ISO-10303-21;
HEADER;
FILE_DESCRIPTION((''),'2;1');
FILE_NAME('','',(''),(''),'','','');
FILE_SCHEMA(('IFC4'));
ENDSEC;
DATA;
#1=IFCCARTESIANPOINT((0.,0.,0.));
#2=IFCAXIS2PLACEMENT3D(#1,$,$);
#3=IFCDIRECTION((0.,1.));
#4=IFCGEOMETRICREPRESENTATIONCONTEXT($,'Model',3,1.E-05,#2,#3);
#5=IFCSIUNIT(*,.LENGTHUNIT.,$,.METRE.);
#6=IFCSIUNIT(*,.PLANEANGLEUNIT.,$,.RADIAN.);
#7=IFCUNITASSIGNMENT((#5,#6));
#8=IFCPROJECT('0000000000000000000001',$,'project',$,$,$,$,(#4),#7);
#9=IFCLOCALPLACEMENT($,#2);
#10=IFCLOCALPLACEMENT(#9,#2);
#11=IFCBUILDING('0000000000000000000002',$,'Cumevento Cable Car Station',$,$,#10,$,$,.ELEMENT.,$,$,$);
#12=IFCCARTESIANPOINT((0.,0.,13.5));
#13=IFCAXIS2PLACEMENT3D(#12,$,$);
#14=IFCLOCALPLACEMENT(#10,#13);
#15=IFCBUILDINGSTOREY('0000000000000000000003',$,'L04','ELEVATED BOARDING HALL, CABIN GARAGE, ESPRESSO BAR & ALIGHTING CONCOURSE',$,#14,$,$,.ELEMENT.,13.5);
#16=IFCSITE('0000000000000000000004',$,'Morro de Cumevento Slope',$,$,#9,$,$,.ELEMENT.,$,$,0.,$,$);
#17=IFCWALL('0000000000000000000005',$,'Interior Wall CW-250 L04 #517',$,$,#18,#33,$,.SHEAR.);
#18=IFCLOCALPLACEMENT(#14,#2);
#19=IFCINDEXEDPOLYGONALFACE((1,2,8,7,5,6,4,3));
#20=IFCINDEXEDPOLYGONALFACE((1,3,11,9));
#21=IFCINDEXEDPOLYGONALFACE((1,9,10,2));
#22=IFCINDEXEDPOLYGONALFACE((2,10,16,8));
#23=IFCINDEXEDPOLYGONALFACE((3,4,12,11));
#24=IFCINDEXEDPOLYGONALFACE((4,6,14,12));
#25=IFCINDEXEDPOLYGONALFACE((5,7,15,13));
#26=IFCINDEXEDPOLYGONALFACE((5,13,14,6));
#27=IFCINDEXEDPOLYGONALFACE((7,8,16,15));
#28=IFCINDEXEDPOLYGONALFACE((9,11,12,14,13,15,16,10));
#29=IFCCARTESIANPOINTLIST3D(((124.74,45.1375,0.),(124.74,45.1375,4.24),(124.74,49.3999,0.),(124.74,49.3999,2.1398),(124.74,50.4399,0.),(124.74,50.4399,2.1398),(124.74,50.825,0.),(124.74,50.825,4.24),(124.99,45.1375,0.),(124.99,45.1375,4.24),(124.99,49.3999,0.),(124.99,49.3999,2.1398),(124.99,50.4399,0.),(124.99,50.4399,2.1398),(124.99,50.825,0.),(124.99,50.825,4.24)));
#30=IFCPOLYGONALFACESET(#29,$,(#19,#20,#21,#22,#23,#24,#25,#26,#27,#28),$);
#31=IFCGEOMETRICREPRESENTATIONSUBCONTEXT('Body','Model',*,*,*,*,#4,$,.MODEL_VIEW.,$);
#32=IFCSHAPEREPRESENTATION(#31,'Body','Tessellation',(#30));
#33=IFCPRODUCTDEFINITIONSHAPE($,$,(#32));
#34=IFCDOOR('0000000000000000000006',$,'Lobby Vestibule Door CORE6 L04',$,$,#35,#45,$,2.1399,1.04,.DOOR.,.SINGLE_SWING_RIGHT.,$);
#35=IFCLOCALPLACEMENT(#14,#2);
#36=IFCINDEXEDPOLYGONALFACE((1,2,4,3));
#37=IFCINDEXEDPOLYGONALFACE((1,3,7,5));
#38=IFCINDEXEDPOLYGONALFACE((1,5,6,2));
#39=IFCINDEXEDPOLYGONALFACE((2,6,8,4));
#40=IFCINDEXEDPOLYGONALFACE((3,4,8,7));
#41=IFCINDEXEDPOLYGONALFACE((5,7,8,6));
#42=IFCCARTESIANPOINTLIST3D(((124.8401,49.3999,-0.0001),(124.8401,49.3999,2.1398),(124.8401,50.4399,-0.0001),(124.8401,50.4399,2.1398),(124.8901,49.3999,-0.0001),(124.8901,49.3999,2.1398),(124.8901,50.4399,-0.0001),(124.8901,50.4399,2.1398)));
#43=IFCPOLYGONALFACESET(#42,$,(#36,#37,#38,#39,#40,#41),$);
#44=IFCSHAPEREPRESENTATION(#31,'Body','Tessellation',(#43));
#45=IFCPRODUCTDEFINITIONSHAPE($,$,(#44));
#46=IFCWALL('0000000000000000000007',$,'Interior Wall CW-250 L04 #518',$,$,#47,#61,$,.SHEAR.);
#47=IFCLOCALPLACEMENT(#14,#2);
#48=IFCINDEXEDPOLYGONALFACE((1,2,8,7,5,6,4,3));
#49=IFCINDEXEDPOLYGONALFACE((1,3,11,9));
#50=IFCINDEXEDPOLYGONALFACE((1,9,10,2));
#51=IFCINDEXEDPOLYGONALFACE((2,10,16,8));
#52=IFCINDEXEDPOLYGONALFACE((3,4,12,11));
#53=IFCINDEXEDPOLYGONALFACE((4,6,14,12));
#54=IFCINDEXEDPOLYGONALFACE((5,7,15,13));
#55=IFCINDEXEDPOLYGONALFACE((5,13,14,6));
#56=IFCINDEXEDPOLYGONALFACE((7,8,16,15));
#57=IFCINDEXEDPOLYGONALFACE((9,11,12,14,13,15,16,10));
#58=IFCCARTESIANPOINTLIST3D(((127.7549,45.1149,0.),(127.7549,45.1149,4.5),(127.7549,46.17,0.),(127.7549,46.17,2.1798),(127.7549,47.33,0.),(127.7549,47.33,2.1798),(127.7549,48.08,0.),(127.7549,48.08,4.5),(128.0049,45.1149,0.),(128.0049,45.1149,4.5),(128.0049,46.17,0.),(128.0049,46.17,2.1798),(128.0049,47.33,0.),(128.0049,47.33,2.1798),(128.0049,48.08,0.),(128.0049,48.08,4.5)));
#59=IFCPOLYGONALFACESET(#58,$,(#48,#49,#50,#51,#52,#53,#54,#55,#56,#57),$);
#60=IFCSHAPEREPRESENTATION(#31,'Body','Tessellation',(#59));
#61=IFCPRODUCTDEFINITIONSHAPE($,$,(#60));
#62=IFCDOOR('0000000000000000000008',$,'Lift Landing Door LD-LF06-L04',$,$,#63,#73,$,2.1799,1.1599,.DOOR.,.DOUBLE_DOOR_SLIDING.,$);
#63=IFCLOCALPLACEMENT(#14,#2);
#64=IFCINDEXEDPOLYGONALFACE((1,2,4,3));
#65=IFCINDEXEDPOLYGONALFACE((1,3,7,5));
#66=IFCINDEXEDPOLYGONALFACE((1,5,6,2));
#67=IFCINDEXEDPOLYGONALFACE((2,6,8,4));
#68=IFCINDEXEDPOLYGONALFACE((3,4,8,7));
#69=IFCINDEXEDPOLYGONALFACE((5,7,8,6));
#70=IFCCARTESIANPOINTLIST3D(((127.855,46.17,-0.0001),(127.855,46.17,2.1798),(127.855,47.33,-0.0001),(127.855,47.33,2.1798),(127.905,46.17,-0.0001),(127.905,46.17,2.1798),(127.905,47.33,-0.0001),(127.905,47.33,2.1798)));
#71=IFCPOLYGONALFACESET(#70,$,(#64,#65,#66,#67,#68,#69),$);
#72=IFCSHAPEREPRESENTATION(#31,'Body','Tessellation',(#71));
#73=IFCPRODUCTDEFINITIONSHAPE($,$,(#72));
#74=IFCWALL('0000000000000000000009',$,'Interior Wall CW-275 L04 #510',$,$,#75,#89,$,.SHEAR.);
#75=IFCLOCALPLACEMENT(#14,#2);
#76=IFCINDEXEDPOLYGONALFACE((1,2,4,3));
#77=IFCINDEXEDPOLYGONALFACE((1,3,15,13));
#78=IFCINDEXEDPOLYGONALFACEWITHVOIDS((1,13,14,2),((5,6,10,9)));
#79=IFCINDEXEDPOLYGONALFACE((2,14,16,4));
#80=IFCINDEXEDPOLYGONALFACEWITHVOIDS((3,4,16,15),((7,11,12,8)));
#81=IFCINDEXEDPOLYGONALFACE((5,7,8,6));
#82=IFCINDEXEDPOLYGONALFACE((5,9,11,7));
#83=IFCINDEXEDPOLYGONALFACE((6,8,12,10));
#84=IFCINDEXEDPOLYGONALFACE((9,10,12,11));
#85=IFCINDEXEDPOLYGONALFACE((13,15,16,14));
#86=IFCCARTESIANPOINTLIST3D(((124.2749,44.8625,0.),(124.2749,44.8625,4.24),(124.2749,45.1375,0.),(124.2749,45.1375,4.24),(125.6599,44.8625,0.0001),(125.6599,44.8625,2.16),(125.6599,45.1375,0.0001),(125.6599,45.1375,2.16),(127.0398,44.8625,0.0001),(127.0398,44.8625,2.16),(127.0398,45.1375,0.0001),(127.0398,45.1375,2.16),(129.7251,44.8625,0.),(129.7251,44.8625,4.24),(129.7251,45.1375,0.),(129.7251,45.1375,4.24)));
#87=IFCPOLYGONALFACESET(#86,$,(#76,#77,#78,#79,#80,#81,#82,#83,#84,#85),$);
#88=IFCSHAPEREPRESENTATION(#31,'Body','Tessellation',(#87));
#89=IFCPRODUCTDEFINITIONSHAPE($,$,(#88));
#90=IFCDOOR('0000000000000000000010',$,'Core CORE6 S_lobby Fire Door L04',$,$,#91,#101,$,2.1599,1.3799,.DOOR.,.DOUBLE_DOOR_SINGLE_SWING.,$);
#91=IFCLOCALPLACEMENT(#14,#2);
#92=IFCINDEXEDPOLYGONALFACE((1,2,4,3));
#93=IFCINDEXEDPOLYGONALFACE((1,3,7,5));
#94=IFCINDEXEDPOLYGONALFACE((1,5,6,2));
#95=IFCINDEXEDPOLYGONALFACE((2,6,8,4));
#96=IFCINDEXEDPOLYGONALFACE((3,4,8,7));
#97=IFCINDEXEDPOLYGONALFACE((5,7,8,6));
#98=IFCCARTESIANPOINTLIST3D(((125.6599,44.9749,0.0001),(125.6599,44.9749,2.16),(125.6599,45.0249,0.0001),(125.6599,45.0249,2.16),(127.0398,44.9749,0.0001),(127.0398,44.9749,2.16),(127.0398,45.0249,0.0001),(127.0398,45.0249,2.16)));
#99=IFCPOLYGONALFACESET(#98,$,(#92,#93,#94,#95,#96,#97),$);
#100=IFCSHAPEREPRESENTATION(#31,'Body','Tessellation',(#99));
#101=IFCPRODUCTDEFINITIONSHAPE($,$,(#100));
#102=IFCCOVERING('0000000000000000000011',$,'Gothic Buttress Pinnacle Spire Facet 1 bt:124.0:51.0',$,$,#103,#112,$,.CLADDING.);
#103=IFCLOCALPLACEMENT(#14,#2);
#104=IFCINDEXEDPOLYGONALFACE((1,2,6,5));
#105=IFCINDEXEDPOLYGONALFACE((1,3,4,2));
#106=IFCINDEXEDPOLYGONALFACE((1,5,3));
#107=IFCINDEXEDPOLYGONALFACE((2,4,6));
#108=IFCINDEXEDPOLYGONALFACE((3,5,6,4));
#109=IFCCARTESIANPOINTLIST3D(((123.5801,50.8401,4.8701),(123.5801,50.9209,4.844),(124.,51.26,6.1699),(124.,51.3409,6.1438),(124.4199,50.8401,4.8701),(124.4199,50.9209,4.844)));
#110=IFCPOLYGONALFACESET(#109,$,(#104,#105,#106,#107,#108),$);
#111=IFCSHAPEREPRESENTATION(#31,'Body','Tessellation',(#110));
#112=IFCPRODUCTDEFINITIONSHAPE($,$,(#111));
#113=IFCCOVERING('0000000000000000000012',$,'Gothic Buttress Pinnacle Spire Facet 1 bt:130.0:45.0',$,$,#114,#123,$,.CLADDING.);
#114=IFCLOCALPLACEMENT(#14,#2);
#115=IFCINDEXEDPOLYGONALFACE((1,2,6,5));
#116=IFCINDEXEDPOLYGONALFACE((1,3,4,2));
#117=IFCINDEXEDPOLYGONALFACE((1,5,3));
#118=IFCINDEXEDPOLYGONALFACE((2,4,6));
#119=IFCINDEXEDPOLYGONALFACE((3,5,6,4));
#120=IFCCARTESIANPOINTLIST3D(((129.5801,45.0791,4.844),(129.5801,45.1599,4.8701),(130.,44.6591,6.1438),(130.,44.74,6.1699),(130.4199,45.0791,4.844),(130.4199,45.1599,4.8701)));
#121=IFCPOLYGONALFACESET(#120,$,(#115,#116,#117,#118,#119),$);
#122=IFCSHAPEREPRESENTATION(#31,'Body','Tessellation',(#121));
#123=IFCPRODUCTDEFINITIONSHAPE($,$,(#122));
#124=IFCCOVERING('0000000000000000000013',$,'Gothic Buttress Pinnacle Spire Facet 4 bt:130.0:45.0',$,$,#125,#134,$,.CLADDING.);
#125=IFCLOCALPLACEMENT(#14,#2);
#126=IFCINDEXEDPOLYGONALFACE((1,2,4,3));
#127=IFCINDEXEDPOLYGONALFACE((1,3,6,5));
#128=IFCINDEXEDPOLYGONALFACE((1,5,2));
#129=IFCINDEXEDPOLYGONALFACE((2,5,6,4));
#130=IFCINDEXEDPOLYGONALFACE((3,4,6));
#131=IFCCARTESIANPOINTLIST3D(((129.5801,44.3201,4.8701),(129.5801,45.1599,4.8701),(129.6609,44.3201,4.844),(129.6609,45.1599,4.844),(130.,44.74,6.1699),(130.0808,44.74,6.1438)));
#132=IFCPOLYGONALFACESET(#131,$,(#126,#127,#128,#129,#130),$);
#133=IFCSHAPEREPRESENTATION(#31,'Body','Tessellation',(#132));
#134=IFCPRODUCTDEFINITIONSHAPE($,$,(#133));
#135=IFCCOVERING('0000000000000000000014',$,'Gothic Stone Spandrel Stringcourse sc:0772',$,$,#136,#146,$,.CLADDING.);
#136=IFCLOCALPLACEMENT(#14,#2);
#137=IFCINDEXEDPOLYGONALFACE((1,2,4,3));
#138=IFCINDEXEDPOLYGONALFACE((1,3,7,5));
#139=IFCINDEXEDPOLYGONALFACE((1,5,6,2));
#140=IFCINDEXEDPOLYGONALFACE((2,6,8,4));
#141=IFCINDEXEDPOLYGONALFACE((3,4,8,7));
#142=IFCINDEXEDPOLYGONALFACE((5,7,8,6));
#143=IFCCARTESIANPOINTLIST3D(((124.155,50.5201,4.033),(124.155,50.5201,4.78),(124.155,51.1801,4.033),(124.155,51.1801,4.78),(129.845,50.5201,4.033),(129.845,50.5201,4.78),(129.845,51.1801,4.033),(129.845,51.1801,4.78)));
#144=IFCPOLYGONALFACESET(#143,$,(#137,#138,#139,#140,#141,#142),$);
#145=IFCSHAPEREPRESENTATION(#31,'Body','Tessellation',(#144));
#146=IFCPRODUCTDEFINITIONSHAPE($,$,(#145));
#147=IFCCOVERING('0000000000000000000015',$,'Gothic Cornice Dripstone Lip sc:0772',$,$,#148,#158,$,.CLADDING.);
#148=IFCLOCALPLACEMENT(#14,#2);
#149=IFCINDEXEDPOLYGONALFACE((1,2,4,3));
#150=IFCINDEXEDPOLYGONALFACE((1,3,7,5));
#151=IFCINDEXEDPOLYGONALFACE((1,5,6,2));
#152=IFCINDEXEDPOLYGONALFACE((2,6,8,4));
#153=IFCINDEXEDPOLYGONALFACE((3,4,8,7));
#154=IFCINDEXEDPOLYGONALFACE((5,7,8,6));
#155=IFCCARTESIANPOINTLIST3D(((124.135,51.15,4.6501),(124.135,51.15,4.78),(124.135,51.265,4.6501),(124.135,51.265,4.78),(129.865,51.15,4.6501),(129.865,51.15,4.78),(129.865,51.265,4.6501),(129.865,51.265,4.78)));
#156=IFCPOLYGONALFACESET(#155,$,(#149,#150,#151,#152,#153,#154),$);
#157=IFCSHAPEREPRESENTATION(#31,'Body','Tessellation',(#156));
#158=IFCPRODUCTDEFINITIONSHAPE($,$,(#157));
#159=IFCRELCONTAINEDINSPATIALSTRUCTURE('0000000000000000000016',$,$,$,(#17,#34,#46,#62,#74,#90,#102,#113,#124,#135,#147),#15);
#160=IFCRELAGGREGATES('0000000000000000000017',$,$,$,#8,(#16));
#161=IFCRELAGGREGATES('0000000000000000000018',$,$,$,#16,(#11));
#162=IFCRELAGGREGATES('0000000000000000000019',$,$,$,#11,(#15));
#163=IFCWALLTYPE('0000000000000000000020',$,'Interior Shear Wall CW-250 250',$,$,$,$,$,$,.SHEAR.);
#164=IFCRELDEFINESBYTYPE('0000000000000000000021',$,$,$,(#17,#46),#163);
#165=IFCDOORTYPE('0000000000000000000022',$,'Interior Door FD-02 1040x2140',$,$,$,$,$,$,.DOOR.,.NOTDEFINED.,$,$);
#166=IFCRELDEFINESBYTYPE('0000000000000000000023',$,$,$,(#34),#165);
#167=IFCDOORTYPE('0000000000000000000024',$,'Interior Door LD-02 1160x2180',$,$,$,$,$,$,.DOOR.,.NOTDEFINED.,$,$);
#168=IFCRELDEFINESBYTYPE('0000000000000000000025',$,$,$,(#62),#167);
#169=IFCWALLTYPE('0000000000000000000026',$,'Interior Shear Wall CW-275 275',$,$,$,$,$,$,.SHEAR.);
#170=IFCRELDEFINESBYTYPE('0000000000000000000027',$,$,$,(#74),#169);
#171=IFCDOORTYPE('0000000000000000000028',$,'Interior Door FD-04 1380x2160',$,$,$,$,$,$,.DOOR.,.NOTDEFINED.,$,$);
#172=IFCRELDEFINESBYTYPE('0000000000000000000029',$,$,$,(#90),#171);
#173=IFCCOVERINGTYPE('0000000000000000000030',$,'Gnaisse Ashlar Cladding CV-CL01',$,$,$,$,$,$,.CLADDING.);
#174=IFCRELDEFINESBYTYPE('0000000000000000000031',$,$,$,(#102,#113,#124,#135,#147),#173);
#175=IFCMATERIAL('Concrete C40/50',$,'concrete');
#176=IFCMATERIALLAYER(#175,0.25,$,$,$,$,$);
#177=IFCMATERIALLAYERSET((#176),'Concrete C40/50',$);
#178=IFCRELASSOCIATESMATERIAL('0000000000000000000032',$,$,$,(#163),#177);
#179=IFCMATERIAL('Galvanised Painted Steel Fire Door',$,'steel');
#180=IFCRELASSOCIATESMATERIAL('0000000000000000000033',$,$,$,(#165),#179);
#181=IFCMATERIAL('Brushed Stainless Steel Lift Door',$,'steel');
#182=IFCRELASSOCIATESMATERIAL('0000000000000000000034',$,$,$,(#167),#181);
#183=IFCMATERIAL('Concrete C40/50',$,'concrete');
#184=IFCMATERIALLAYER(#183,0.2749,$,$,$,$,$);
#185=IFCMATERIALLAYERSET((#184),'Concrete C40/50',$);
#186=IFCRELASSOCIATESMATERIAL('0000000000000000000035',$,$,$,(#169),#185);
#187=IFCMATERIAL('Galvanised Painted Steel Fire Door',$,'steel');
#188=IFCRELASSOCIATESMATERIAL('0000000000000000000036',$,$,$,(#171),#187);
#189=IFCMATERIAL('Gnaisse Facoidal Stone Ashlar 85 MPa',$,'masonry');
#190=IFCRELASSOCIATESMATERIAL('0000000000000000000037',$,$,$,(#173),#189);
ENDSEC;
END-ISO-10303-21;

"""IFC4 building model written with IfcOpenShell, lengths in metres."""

from ifc_helpers import new_model, si_unit, direction, frame, frame_2d, origin, origin_2d, place, context, subcontext, project, spatial, polyline, rectangle, outline, extrude, material, layer, layer_set, type_object, element, fill, save


model = new_model("IFC4")

# Units and contexts
model_context = context("Model", 3, precision=1e-05, world=origin(), true_north=direction((0.0, 1.0)))
body_context = subcontext(model_context, "Body", "Model", "MODEL_VIEW")
ifc_project = project(units=[si_unit("LENGTHUNIT", "METRE"), si_unit("PLANEANGLEUNIT", "RADIAN")], contexts=[model_context])

# Site, building, storey
site_placement = place(None, origin())
site = spatial("IfcSite", under=ifc_project, at=site_placement, Name="Morro de Cumevento Slope", CompositionType="ELEMENT", RefElevation=0.0)
building_placement = place(site_placement, origin())
building = spatial("IfcBuilding", under=site, at=building_placement, Name="Cumevento Cable Car Station", CompositionType="ELEMENT")
storey_placement = place(building_placement, frame((0.0, 0.0, 13.5)))
storey = spatial("IfcBuildingStorey", under=building, at=storey_placement, Name="L04", Description="ELEVATED BOARDING HALL, CABIN GARAGE, ESPRESSO BAR & ALIGHTING CONCOURSE", CompositionType="ELEMENT", Elevation=13.5)

# Walls, openings, doors
ifc_material_1 = material(Name="Concrete C40/50", Category="concrete")
ifc_layer_1 = layer(ifc_material_1, 0.25)
ifc_layer_set_1 = layer_set([ifc_layer_1], Name="Concrete C40/50")
wall_type_1 = type_object("IfcWallType", Name="Interior Shear Wall CW-250 250", PredefinedType="SHEAR", material=ifc_layer_set_1)
wall_1_placement = place(storey_placement, frame((124.865, 45.1375, 0.0), z_axis=(0.0, 0.0, 1.0), x_axis=(0.0, 1.0, 0.0)))
wall_1 = element("IfcWall", 1, at=wall_1_placement, inside=storey, type_object=wall_type_1, Name="Interior Wall CW-250 L04 #517", PredefinedType="SHEAR", context=body_context, shape_type="SweptSolid", body=[
    extrude(rectangle(XDim=5.6875, YDim=0.25, at=frame_2d((2.8438, 0.0))), origin(), (0.0, 0.0, 1.0), 4.24),
])
opening_1_placement = place(wall_1_placement, frame((4.2625, 0.0, 0.0)))
opening_1 = element("IfcOpeningElement", 2, at=opening_1_placement, cuts=wall_1, PredefinedType="OPENING", context=body_context, shape_type="SweptSolid", body=[
    extrude(rectangle(XDim=1.04, YDim=2.1399, at=frame_2d((0.52, 1.0698))), frame((0.0, 0.135, 0.0), z_axis=(0.0, -1.0, 0.0), x_axis=(1.0, 0.0, 0.0)), (0.0, 0.0, 1.0), 0.27),
])
ifc_material_2 = material(Name="Galvanised Painted Steel Fire Door", Category="steel")
door_type_1 = type_object("IfcDoorType", Name="Interior Door FD-02 1040x2140", OperationType="NOTDEFINED", PredefinedType="DOOR", material=ifc_material_2)
door_1_placement = place(opening_1_placement, origin())
door_1 = element("IfcDoor", 3, at=door_1_placement, inside=storey, type_object=door_type_1, Name="Lobby Vestibule Door CORE6 L04", OperationType="SINGLE_SWING_RIGHT", OverallHeight=2.1399, OverallWidth=1.04, PredefinedType="DOOR", context=body_context, shape_type="SweptSolid", body=[
    extrude(rectangle(XDim=1.04, YDim=2.1399, at=frame_2d((0.52, 1.0698))), frame((0.0, 0.0249, 0.0), z_axis=(0.0, -1.0, 0.0), x_axis=(1.0, 0.0, 0.0)), (0.0, 0.0, 1.0), 0.05),
])
fill(opening_1, door_1)
wall_2_placement = place(storey_placement, frame((127.8799, 45.115, 0.0), z_axis=(0.0, 0.0, 1.0), x_axis=(0.0, 1.0, 0.0)))
wall_2 = element("IfcWall", 4, at=wall_2_placement, inside=storey, type_object=wall_type_1, Name="Interior Wall CW-250 L04 #518", PredefinedType="SHEAR", context=body_context, shape_type="SweptSolid", body=[
    extrude(rectangle(XDim=2.9651, YDim=0.25, at=frame_2d((1.4824, 0.0))), origin(), (0.0, 0.0, 1.0), 4.5),
])
opening_2_placement = place(wall_2_placement, frame((1.0549, 0.0, 0.0)))
opening_2 = element("IfcOpeningElement", 5, at=opening_2_placement, cuts=wall_2, PredefinedType="OPENING", context=body_context, shape_type="SweptSolid", body=[
    extrude(rectangle(XDim=1.1599, YDim=2.1799, at=frame_2d((0.5801, 1.0898))), frame((0.0, 0.135, 0.0), z_axis=(0.0, -1.0, 0.0), x_axis=(1.0, 0.0, 0.0)), (0.0, 0.0, 1.0), 0.27),
])
ifc_material_3 = material(Name="Brushed Stainless Steel Lift Door", Category="steel")
door_type_2 = type_object("IfcDoorType", Name="Interior Door LD-02 1160x2180", OperationType="NOTDEFINED", PredefinedType="DOOR", material=ifc_material_3)
door_2_placement = place(opening_2_placement, origin())
door_2 = element("IfcDoor", 6, at=door_2_placement, inside=storey, type_object=door_type_2, Name="Lift Landing Door LD-LF06-L04", OperationType="DOUBLE_DOOR_SLIDING", OverallHeight=2.1799, OverallWidth=1.1599, PredefinedType="DOOR", context=body_context, shape_type="SweptSolid", body=[
    extrude(rectangle(XDim=1.1599, YDim=2.1799, at=frame_2d((0.5801, 1.0898))), frame((0.0, 0.0249, 0.0), z_axis=(0.0, -1.0, 0.0), x_axis=(1.0, 0.0, 0.0)), (0.0, 0.0, 1.0), 0.05),
])
fill(opening_2, door_2)

# Wall, opening, door
ifc_material_4 = material(Name="Concrete C40/50", Category="concrete")
ifc_layer_2 = layer(ifc_material_4, 0.2749)
ifc_layer_set_2 = layer_set([ifc_layer_2], Name="Concrete C40/50")
wall_type_2 = type_object("IfcWallType", Name="Interior Shear Wall CW-275 275", PredefinedType="SHEAR", material=ifc_layer_set_2)
wall_3_placement = place(storey_placement, frame((124.2749, 45.0, 0.0), z_axis=(0.0, 0.0, 1.0), x_axis=(1.0, 0.0, 0.0)))
wall_3 = element("IfcWall", 7, at=wall_3_placement, inside=storey, type_object=wall_type_2, Name="Interior Wall CW-275 L04 #510", PredefinedType="SHEAR", context=body_context, shape_type="SweptSolid", body=[
    extrude(rectangle(XDim=5.4502, YDim=0.2749, at=frame_2d((2.7251, 0.0))), origin(), (0.0, 0.0, 1.0), 4.24),
])
opening_3_placement = place(wall_3_placement, frame((1.385, 0.0, 0.0)))
opening_3 = element("IfcOpeningElement", 8, at=opening_3_placement, cuts=wall_3, PredefinedType="OPENING", context=body_context, shape_type="SweptSolid", body=[
    extrude(rectangle(XDim=1.3799, YDim=2.1599, at=frame_2d((0.6899, 1.0801))), frame((0.0, 0.1475, 0.0), z_axis=(0.0, -1.0, 0.0), x_axis=(1.0, 0.0, 0.0)), (0.0, 0.0, 1.0), 0.2949),
])
ifc_material_5 = material(Name="Galvanised Painted Steel Fire Door", Category="steel")
door_type_3 = type_object("IfcDoorType", Name="Interior Door FD-04 1380x2160", OperationType="NOTDEFINED", PredefinedType="DOOR", material=ifc_material_5)
door_3_placement = place(opening_3_placement, origin())
door_3 = element("IfcDoor", 9, at=door_3_placement, inside=storey, type_object=door_type_3, Name="Core CORE6 S_lobby Fire Door L04", OperationType="DOUBLE_DOOR_SINGLE_SWING", OverallHeight=2.1599, OverallWidth=1.3799, PredefinedType="DOOR", context=body_context, shape_type="SweptSolid", body=[
    extrude(rectangle(XDim=1.3799, YDim=2.1599, at=frame_2d((0.6899, 1.0801))), frame((0.0, 0.0249, 0.0), z_axis=(0.0, -1.0, 0.0), x_axis=(1.0, 0.0, 0.0)), (0.0, 0.0, 1.0), 0.05),
])
fill(opening_3, door_3)

# Coverings
ifc_material_6 = material(Name="Gnaisse Facoidal Stone Ashlar 85 MPa", Category="masonry")
covering_type = type_object("IfcCoveringType", Name="Gnaisse Ashlar Cladding CV-CL01", PredefinedType="CLADDING", material=ifc_material_6)
for number, where, z_axis, x_axis, name in (
    (10, (124.4199, 50.8401, 4.8701), (0.0, -0.951574, 0.307421), (-1.0, 0.0, 0.0), "Gothic Buttress Pinnacle Spire Facet 1 bt:124.0:51.0"),
    (11, (129.5801, 45.1599, 4.8701), (0.0, 0.951574, 0.307421), (1.0, 0.0, 0.0), "Gothic Buttress Pinnacle Spire Facet 1 bt:130.0:45.0"),
    (12, (129.5801, 44.3201, 4.8701), (-0.951574, 0.0, 0.307421), (0.0, 1.0, 0.0), "Gothic Buttress Pinnacle Spire Facet 4 bt:130.0:45.0"),
):
    element("IfcCovering", number, at=place(storey_placement, frame(where, z_axis=z_axis, x_axis=x_axis)), inside=storey, type_object=covering_type, Name=name, PredefinedType="CLADDING", context=body_context, shape_type="SweptSolid", body=[
        extrude(outline(polyline([(0.0, 0.0), (0.8398, 0.0), (0.4199, -1.366), (0.0, 0.0)])), origin(), (0.0, 0.0, -1.0), 0.085),
    ])
covering_1_placement = place(storey_placement, frame((127.0, 50.8501, 4.033), z_axis=(0.0, 0.0, 1.0), x_axis=(1.0, 0.0, 0.0)))
element("IfcCovering", 13, at=covering_1_placement, inside=storey, type_object=covering_type, Name="Gothic Stone Spandrel Stringcourse sc:0772", PredefinedType="CLADDING", context=body_context, shape_type="SweptSolid", body=[
    extrude(rectangle(XDim=5.6899, YDim=0.6599, at=origin_2d()), origin(), (0.0, 0.0, 1.0), 0.7471),
])
covering_2_placement = place(storey_placement, frame((127.0, 51.2075, 4.6501), z_axis=(0.0, 0.0, 1.0), x_axis=(1.0, 0.0, 0.0)))
element("IfcCovering", 14, at=covering_2_placement, inside=storey, type_object=covering_type, Name="Gothic Cornice Dripstone Lip sc:0772", PredefinedType="CLADDING", context=body_context, shape_type="SweptSolid", body=[
    extrude(rectangle(XDim=5.73, YDim=0.115, at=origin_2d()), origin(), (0.0, 0.0, 1.0), 0.1299),
])

save(model, "model.ifc")
